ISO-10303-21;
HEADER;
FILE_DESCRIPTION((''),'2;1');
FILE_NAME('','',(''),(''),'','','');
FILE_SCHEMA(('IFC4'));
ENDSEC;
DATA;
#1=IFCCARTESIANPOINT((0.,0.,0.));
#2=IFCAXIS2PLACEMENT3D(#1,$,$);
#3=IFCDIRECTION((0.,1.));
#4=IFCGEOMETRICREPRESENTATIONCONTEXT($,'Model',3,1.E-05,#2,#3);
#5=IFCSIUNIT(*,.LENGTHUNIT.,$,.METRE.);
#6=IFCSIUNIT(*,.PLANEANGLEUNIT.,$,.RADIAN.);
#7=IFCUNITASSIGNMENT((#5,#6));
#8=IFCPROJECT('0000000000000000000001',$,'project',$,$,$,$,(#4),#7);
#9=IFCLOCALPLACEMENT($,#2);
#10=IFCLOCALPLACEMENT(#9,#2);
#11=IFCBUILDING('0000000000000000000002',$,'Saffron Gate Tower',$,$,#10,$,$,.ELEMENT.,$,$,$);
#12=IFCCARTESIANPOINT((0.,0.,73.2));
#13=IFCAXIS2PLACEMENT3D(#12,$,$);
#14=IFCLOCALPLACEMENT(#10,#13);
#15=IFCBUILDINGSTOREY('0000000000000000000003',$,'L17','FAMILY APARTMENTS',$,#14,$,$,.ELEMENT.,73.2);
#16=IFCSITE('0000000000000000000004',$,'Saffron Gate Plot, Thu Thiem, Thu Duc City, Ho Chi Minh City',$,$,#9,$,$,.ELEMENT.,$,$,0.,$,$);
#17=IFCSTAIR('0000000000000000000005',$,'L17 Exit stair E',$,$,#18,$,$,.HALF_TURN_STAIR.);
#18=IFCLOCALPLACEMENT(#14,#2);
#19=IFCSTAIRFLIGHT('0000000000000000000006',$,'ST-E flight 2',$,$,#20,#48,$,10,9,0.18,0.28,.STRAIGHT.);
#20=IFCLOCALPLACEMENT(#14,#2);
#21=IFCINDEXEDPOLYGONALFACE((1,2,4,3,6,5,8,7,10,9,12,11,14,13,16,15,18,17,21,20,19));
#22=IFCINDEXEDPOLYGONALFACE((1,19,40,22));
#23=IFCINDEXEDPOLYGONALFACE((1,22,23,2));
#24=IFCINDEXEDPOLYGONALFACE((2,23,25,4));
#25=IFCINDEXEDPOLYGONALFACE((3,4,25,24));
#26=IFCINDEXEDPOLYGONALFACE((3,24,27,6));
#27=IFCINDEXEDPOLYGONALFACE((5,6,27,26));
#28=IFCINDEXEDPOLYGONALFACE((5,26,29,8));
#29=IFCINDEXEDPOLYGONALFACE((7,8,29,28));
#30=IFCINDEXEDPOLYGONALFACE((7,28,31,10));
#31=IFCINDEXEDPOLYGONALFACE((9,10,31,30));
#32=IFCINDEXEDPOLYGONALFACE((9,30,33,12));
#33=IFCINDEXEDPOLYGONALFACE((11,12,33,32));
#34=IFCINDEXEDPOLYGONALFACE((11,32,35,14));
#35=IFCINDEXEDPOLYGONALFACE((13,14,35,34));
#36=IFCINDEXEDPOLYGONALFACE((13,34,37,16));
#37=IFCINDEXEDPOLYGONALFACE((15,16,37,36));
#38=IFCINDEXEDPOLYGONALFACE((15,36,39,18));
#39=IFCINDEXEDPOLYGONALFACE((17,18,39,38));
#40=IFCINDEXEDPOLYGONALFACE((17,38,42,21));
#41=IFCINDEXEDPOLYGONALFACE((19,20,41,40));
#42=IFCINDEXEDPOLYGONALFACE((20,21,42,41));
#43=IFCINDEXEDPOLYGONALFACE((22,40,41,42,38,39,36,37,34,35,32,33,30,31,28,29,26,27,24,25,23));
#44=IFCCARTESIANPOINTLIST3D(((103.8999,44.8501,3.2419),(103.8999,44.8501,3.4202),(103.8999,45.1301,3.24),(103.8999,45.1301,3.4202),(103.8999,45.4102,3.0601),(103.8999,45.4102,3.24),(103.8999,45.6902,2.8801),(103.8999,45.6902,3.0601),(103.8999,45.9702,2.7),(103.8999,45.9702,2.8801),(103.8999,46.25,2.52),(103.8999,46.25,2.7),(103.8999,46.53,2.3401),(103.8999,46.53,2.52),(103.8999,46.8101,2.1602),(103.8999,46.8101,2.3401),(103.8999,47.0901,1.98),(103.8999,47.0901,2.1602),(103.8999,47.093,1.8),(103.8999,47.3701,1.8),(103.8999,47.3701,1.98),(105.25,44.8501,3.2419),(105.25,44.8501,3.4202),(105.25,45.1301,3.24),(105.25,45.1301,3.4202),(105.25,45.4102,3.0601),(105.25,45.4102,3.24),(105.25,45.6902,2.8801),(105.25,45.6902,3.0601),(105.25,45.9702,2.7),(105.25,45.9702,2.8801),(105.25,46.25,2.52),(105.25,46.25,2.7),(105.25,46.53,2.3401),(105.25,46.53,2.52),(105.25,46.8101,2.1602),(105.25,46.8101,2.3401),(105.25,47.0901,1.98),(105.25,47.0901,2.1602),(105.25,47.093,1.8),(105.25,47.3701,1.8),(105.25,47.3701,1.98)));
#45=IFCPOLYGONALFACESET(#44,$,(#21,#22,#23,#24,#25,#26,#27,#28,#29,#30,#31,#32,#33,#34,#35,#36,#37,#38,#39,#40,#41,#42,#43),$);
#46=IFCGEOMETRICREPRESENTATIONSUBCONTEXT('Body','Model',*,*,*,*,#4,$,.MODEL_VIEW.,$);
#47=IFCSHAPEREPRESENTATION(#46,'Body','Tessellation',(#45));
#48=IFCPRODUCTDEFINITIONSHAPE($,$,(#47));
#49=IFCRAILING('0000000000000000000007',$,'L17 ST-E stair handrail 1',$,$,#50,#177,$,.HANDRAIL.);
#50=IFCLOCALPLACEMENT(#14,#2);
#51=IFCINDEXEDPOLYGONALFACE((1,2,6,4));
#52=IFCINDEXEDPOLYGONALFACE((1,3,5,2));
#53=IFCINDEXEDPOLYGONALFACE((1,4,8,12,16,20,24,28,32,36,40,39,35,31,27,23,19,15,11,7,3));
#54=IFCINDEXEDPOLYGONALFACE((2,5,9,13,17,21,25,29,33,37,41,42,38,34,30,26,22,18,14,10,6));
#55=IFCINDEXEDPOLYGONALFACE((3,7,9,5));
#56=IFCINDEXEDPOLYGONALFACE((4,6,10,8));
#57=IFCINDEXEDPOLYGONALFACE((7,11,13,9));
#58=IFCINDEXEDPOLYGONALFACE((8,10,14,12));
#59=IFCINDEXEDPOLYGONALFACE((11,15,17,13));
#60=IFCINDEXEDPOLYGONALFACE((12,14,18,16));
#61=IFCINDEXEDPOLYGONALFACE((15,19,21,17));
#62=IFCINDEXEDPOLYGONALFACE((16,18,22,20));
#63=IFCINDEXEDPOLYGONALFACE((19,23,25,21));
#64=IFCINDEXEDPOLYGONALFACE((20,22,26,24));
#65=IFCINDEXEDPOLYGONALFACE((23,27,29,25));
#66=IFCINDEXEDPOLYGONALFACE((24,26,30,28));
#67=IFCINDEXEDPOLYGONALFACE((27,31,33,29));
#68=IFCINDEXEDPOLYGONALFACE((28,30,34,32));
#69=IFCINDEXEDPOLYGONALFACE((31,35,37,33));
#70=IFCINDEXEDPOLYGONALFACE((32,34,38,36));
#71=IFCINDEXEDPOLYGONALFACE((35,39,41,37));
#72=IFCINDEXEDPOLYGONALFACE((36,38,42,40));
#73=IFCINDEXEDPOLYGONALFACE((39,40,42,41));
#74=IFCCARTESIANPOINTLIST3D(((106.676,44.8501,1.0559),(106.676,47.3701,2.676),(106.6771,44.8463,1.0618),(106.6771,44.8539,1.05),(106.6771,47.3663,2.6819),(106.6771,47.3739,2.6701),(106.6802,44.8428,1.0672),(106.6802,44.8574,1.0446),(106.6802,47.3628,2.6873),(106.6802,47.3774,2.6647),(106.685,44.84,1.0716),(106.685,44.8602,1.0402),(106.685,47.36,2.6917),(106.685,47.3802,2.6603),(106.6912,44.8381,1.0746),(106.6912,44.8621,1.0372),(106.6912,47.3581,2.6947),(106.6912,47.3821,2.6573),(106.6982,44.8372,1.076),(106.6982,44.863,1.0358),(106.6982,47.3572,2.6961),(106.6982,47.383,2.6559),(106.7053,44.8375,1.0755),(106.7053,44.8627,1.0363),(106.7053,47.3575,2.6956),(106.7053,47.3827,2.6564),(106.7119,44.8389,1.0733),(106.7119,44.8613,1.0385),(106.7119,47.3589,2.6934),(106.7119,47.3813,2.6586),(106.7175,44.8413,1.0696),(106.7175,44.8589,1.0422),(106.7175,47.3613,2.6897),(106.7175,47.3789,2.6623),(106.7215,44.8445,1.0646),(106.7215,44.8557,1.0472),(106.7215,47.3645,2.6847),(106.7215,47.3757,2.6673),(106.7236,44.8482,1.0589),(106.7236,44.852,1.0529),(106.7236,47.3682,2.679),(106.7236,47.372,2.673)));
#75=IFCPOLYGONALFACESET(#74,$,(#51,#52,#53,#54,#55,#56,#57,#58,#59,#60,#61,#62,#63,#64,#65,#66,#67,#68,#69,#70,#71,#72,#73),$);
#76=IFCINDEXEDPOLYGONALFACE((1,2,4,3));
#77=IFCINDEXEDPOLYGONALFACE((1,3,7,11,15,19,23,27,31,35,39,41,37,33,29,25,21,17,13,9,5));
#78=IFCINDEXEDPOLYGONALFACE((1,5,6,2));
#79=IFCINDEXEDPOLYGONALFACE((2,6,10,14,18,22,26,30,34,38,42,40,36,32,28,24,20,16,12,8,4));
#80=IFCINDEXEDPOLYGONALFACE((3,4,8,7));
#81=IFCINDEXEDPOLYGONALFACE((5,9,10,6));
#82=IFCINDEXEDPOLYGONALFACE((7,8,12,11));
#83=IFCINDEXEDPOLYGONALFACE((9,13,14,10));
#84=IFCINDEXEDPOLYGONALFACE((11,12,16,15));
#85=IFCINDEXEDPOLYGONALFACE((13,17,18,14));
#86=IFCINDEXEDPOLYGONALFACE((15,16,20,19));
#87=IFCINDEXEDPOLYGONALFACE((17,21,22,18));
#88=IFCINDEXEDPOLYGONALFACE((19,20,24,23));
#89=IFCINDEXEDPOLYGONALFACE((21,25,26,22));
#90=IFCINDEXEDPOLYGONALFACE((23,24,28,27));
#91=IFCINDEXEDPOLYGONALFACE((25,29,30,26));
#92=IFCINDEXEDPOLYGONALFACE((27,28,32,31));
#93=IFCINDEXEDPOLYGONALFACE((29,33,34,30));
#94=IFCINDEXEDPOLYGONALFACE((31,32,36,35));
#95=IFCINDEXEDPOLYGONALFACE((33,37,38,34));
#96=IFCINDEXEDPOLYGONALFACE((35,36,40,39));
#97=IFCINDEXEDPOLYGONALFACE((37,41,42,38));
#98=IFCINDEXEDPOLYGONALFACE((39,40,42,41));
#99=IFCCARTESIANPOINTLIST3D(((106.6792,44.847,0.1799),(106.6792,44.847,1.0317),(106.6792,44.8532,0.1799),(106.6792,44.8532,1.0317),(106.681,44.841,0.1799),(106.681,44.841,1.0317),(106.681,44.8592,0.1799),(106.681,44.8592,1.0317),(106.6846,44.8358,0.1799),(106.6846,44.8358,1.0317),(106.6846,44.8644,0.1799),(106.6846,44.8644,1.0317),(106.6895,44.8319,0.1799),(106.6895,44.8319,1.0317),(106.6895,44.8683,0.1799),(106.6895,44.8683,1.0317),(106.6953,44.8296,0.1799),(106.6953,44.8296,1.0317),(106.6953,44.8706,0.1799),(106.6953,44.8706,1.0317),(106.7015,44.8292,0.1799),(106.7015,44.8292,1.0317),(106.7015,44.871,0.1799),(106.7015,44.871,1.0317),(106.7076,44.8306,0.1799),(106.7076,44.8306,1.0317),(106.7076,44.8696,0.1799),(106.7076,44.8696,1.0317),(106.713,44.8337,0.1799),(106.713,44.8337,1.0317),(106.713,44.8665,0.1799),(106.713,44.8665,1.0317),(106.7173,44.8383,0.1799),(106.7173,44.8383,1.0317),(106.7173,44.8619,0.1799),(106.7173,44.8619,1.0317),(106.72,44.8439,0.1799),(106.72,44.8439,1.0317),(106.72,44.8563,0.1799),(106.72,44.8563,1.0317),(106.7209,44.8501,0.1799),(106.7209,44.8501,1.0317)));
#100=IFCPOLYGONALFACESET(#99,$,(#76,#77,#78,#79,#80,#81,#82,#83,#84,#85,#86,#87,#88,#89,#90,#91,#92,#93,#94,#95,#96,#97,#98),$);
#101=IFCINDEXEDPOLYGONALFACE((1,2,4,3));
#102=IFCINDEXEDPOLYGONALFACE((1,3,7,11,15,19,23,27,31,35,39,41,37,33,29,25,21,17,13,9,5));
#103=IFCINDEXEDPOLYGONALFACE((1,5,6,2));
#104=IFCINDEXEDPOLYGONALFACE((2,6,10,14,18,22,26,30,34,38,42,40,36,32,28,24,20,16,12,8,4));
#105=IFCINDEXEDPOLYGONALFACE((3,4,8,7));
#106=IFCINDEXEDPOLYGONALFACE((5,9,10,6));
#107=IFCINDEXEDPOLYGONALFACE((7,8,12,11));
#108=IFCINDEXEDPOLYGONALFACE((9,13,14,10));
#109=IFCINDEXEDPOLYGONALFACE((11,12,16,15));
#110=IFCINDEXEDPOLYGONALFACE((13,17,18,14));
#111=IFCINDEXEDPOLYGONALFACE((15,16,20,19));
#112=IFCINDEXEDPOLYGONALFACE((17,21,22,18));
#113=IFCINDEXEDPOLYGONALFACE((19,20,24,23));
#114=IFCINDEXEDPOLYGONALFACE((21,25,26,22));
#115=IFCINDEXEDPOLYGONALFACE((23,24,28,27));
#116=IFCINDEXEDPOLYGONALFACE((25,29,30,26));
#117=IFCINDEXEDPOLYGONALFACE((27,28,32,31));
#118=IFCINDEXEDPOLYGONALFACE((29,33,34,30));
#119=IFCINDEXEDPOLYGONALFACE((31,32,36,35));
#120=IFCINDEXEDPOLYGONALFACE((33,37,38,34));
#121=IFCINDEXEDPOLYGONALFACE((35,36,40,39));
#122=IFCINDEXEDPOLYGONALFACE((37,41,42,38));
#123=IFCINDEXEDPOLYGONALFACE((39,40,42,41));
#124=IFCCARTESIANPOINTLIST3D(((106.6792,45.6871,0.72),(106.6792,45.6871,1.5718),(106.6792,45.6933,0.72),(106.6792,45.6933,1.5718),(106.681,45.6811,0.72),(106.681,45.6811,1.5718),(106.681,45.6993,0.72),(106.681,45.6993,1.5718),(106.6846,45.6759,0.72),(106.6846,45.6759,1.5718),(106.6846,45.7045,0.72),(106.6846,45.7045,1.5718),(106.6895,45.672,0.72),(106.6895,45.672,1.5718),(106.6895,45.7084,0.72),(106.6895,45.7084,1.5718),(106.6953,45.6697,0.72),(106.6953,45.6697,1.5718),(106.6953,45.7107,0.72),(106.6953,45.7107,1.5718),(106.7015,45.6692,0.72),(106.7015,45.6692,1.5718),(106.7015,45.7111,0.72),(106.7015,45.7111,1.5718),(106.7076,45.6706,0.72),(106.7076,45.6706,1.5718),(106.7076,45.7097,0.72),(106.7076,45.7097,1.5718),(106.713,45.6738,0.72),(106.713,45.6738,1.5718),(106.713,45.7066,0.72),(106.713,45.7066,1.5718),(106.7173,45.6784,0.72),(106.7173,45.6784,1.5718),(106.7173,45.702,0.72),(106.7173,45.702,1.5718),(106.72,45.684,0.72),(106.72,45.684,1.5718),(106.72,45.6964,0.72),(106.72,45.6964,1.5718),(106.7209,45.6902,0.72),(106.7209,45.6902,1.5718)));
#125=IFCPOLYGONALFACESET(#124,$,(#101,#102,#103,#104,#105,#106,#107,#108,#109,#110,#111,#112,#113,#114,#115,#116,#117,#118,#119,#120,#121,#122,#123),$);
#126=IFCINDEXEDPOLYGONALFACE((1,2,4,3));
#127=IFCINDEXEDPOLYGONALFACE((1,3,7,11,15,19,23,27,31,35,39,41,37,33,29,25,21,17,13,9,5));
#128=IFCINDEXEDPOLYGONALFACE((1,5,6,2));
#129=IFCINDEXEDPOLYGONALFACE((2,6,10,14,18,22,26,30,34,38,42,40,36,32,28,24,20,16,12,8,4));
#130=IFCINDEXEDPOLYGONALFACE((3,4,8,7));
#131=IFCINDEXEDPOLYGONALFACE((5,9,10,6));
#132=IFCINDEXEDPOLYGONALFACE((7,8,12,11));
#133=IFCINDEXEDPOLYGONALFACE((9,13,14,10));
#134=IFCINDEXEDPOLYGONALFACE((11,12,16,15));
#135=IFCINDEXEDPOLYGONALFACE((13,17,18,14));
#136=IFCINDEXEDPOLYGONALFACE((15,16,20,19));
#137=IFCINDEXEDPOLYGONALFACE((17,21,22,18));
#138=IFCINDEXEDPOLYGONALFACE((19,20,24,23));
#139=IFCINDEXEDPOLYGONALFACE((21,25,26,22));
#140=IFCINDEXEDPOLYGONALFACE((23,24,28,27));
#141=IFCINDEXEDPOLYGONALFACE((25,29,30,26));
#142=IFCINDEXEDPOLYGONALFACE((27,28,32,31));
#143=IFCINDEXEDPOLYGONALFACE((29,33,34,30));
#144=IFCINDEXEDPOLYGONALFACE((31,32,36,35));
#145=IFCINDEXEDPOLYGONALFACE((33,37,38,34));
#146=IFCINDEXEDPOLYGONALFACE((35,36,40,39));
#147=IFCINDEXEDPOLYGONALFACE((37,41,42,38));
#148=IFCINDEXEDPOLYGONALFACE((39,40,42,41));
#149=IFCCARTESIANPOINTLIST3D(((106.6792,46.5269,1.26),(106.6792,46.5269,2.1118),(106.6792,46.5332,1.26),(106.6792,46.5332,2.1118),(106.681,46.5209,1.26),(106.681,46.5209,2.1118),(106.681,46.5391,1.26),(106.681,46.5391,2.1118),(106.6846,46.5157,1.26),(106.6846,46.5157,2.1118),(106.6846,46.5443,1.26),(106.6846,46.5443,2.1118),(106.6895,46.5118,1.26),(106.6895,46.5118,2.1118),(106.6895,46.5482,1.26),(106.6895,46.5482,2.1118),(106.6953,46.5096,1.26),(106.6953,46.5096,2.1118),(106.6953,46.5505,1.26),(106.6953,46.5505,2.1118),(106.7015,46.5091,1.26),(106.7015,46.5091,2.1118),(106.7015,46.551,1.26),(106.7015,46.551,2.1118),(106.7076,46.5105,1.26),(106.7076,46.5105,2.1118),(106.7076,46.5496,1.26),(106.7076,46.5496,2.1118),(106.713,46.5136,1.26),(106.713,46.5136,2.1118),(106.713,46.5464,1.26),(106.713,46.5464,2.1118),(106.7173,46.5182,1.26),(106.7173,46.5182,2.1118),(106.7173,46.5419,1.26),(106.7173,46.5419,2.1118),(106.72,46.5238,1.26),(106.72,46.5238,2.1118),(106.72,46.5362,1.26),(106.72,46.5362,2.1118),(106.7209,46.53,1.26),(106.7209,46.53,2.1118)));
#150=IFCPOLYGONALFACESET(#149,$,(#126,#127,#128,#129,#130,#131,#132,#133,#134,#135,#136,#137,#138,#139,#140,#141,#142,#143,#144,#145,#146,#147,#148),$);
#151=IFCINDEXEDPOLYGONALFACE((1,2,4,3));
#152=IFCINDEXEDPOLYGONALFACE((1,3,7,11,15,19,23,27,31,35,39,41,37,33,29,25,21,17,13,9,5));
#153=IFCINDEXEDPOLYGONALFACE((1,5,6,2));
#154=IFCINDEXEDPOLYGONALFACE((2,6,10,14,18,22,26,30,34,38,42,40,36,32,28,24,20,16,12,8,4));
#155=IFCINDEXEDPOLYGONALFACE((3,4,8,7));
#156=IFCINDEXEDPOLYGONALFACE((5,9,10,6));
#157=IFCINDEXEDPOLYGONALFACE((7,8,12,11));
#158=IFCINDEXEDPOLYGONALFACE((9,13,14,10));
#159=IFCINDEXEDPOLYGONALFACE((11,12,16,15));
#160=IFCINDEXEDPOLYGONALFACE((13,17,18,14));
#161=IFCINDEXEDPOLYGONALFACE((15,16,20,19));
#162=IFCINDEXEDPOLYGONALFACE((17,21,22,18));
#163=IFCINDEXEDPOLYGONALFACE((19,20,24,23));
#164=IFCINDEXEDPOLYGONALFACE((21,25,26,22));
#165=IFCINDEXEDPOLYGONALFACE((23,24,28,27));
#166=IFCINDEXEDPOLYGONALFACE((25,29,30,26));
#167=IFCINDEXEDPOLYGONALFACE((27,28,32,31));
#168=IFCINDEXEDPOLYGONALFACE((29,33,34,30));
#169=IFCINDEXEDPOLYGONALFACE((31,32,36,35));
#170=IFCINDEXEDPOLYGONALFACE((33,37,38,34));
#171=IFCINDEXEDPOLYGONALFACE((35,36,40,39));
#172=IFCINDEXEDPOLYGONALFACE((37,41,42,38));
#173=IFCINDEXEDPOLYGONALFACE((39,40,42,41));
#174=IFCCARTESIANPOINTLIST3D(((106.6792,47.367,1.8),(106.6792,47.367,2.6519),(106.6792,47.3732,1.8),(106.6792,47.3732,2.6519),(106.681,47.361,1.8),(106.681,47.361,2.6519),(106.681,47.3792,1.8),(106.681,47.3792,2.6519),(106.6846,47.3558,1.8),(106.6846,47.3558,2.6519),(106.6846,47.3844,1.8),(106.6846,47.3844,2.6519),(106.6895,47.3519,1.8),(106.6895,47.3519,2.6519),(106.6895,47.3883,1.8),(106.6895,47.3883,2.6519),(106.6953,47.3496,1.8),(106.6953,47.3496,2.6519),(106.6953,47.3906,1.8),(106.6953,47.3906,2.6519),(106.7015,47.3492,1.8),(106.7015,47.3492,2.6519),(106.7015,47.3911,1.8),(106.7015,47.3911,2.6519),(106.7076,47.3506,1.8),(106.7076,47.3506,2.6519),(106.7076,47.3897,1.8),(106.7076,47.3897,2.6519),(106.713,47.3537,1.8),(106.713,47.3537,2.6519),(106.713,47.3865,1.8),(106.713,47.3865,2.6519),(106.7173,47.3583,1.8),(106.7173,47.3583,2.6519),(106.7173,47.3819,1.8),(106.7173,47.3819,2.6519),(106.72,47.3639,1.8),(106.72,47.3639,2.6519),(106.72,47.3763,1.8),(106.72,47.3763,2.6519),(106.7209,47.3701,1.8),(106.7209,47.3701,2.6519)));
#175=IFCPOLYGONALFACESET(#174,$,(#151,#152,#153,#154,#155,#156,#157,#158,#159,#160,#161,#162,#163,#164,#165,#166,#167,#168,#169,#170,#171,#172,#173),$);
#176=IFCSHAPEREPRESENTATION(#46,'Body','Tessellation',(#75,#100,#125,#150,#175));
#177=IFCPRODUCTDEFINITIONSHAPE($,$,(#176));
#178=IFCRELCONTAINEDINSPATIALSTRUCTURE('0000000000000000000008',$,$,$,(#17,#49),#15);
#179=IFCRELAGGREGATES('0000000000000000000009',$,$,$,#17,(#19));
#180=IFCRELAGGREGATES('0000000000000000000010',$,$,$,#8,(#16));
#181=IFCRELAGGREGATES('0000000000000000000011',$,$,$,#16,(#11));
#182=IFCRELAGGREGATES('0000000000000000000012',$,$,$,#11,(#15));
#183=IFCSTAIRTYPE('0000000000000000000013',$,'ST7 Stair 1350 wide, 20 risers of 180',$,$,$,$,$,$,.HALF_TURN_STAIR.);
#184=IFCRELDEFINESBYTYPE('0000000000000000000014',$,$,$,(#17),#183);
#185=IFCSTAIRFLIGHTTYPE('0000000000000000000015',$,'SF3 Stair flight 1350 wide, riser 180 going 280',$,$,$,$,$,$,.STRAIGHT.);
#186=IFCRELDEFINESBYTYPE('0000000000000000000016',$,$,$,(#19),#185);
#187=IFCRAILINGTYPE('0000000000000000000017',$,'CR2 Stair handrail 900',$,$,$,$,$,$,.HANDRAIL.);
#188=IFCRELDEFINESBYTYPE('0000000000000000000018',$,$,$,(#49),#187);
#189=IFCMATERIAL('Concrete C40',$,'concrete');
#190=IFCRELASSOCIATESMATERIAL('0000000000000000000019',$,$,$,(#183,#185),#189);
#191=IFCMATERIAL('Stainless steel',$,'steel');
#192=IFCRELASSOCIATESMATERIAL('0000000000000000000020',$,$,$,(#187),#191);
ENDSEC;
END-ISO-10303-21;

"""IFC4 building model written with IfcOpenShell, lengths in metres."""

from ifc_helpers import new_model, si_unit, direction, frame, origin, origin_2d, place, context, subcontext, project, spatial, polyline, circle, outline, extrude, material, type_object, element, aggregate, save


model = new_model("IFC4")

# Units and contexts
model_context = context("Model", 3, precision=1e-05, world=origin(), true_north=direction((0.0, 1.0)))
body_context = subcontext(model_context, "Body", "Model", "MODEL_VIEW")
ifc_project = project(units=[si_unit("LENGTHUNIT", "METRE"), si_unit("PLANEANGLEUNIT", "RADIAN")], contexts=[model_context])

# Site, building, storey
site_placement = place(None, origin())
site = spatial("IfcSite", under=ifc_project, at=site_placement, Name="Saffron Gate Plot, Thu Thiem, Thu Duc City, Ho Chi Minh City", CompositionType="ELEMENT", RefElevation=0.0)
building_placement = place(site_placement, origin())
building = spatial("IfcBuilding", under=site, at=building_placement, Name="Saffron Gate Tower", CompositionType="ELEMENT")
storey_placement = place(building_placement, frame((0.0, 0.0, 73.2)))
storey = spatial("IfcBuildingStorey", under=building, at=storey_placement, Name="L17", Description="FAMILY APARTMENTS", CompositionType="ELEMENT", Elevation=73.2)

# Stair, stair flight
ifc_material_1 = material(Name="Concrete C40", Category="concrete")
stair_type = type_object("IfcStairType", Name="ST7 Stair 1350 wide, 20 risers of 180", PredefinedType="HALF_TURN_STAIR", material=ifc_material_1)
stair_placement = place(storey_placement, origin())
stair = element("IfcStair", 1, at=stair_placement, inside=storey, type_object=stair_type, Name="L17 Exit stair E", PredefinedType="HALF_TURN_STAIR")
stair_flight_type = type_object("IfcStairFlightType", Name="SF3 Stair flight 1350 wide, riser 180 going 280", PredefinedType="STRAIGHT", material=ifc_material_1)
stair_flight_1_placement = place(storey_placement, frame((104.575, 47.3701, 1.8), z_axis=(0.0, 0.0, 1.0), x_axis=(0.0, -1.0, 0.0)))
stair_flight_1 = element("IfcStairFlight", 2, at=stair_flight_1_placement, type_object=stair_flight_type, Name="ST-E flight 2", NumberOfRisers=10, NumberOfTreads=9, PredefinedType="STRAIGHT", RiserHeight=0.18, TreadLength=0.28, context=body_context, shape_type="SweptSolid", body=[
    extrude(outline(polyline([(0.0, 0.0), (0.0, 0.1799), (0.28, 0.1799), (0.28, 0.3601), (0.5601, 0.3601), (0.5601, 0.54), (0.8401, 0.54), (0.8401, 0.72), (1.1201, 0.72), (1.1201, 0.8999), (1.3999, 0.8999), (1.3999, 1.0801), (1.6799, 1.0801), (1.6799, 1.26), (1.96, 1.26), (1.96, 1.4399), (2.24, 1.4399), (2.24, 1.6201), (2.52, 1.6201), (2.52, 1.8), (2.52, 1.4419), (0.2771, 0.0), (0.0, 0.0)])), frame((0.0, 0.675, 0.0), z_axis=(0.0, -1.0, 0.0), x_axis=(1.0, 0.0, 0.0)), (0.0, 0.0, 1.0), 1.3501),
])
aggregate(stair, [stair_flight_1])

# Railing
ifc_material_2 = material(Name="Stainless steel", Category="steel")
railing_type_1 = type_object("IfcRailingType", Name="CR2 Stair handrail 900", PredefinedType="HANDRAIL", material=ifc_material_2)
railing_1_placement = place(storey_placement, frame((106.7, 44.8501, 0.1799)))
element("IfcRailing", 3, at=railing_1_placement, inside=storey, type_object=railing_type_1, Name="L17 ST-E stair handrail 1", PredefinedType="HANDRAIL", context=body_context, shape_type="SweptSolid", body=[
    extrude(circle(Radius=0.0239, at=origin_2d()), frame((0.0, 0.0, 0.876), z_axis=(0.0, 0.841163, 0.540782), x_axis=(-1.0, 0.0, 0.0)), (0.0, 0.0, 1.0), 2.9958),
    extrude(circle(Radius=0.021, at=origin_2d()), origin(), (0.0, 0.0, 1.0), 0.8518),
    extrude(circle(Radius=0.021, at=origin_2d()), frame((0.0, 0.8401, 0.54)), (0.0, 0.0, 1.0), 0.8518),
    extrude(circle(Radius=0.021, at=origin_2d()), frame((0.0, 1.6799, 1.0801)), (0.0, 0.0, 1.0), 0.8518),
    extrude(circle(Radius=0.021, at=origin_2d()), frame((0.0, 2.52, 1.6201)), (0.0, 0.0, 1.0), 0.8518),
])

save(model, "model.ifc")
